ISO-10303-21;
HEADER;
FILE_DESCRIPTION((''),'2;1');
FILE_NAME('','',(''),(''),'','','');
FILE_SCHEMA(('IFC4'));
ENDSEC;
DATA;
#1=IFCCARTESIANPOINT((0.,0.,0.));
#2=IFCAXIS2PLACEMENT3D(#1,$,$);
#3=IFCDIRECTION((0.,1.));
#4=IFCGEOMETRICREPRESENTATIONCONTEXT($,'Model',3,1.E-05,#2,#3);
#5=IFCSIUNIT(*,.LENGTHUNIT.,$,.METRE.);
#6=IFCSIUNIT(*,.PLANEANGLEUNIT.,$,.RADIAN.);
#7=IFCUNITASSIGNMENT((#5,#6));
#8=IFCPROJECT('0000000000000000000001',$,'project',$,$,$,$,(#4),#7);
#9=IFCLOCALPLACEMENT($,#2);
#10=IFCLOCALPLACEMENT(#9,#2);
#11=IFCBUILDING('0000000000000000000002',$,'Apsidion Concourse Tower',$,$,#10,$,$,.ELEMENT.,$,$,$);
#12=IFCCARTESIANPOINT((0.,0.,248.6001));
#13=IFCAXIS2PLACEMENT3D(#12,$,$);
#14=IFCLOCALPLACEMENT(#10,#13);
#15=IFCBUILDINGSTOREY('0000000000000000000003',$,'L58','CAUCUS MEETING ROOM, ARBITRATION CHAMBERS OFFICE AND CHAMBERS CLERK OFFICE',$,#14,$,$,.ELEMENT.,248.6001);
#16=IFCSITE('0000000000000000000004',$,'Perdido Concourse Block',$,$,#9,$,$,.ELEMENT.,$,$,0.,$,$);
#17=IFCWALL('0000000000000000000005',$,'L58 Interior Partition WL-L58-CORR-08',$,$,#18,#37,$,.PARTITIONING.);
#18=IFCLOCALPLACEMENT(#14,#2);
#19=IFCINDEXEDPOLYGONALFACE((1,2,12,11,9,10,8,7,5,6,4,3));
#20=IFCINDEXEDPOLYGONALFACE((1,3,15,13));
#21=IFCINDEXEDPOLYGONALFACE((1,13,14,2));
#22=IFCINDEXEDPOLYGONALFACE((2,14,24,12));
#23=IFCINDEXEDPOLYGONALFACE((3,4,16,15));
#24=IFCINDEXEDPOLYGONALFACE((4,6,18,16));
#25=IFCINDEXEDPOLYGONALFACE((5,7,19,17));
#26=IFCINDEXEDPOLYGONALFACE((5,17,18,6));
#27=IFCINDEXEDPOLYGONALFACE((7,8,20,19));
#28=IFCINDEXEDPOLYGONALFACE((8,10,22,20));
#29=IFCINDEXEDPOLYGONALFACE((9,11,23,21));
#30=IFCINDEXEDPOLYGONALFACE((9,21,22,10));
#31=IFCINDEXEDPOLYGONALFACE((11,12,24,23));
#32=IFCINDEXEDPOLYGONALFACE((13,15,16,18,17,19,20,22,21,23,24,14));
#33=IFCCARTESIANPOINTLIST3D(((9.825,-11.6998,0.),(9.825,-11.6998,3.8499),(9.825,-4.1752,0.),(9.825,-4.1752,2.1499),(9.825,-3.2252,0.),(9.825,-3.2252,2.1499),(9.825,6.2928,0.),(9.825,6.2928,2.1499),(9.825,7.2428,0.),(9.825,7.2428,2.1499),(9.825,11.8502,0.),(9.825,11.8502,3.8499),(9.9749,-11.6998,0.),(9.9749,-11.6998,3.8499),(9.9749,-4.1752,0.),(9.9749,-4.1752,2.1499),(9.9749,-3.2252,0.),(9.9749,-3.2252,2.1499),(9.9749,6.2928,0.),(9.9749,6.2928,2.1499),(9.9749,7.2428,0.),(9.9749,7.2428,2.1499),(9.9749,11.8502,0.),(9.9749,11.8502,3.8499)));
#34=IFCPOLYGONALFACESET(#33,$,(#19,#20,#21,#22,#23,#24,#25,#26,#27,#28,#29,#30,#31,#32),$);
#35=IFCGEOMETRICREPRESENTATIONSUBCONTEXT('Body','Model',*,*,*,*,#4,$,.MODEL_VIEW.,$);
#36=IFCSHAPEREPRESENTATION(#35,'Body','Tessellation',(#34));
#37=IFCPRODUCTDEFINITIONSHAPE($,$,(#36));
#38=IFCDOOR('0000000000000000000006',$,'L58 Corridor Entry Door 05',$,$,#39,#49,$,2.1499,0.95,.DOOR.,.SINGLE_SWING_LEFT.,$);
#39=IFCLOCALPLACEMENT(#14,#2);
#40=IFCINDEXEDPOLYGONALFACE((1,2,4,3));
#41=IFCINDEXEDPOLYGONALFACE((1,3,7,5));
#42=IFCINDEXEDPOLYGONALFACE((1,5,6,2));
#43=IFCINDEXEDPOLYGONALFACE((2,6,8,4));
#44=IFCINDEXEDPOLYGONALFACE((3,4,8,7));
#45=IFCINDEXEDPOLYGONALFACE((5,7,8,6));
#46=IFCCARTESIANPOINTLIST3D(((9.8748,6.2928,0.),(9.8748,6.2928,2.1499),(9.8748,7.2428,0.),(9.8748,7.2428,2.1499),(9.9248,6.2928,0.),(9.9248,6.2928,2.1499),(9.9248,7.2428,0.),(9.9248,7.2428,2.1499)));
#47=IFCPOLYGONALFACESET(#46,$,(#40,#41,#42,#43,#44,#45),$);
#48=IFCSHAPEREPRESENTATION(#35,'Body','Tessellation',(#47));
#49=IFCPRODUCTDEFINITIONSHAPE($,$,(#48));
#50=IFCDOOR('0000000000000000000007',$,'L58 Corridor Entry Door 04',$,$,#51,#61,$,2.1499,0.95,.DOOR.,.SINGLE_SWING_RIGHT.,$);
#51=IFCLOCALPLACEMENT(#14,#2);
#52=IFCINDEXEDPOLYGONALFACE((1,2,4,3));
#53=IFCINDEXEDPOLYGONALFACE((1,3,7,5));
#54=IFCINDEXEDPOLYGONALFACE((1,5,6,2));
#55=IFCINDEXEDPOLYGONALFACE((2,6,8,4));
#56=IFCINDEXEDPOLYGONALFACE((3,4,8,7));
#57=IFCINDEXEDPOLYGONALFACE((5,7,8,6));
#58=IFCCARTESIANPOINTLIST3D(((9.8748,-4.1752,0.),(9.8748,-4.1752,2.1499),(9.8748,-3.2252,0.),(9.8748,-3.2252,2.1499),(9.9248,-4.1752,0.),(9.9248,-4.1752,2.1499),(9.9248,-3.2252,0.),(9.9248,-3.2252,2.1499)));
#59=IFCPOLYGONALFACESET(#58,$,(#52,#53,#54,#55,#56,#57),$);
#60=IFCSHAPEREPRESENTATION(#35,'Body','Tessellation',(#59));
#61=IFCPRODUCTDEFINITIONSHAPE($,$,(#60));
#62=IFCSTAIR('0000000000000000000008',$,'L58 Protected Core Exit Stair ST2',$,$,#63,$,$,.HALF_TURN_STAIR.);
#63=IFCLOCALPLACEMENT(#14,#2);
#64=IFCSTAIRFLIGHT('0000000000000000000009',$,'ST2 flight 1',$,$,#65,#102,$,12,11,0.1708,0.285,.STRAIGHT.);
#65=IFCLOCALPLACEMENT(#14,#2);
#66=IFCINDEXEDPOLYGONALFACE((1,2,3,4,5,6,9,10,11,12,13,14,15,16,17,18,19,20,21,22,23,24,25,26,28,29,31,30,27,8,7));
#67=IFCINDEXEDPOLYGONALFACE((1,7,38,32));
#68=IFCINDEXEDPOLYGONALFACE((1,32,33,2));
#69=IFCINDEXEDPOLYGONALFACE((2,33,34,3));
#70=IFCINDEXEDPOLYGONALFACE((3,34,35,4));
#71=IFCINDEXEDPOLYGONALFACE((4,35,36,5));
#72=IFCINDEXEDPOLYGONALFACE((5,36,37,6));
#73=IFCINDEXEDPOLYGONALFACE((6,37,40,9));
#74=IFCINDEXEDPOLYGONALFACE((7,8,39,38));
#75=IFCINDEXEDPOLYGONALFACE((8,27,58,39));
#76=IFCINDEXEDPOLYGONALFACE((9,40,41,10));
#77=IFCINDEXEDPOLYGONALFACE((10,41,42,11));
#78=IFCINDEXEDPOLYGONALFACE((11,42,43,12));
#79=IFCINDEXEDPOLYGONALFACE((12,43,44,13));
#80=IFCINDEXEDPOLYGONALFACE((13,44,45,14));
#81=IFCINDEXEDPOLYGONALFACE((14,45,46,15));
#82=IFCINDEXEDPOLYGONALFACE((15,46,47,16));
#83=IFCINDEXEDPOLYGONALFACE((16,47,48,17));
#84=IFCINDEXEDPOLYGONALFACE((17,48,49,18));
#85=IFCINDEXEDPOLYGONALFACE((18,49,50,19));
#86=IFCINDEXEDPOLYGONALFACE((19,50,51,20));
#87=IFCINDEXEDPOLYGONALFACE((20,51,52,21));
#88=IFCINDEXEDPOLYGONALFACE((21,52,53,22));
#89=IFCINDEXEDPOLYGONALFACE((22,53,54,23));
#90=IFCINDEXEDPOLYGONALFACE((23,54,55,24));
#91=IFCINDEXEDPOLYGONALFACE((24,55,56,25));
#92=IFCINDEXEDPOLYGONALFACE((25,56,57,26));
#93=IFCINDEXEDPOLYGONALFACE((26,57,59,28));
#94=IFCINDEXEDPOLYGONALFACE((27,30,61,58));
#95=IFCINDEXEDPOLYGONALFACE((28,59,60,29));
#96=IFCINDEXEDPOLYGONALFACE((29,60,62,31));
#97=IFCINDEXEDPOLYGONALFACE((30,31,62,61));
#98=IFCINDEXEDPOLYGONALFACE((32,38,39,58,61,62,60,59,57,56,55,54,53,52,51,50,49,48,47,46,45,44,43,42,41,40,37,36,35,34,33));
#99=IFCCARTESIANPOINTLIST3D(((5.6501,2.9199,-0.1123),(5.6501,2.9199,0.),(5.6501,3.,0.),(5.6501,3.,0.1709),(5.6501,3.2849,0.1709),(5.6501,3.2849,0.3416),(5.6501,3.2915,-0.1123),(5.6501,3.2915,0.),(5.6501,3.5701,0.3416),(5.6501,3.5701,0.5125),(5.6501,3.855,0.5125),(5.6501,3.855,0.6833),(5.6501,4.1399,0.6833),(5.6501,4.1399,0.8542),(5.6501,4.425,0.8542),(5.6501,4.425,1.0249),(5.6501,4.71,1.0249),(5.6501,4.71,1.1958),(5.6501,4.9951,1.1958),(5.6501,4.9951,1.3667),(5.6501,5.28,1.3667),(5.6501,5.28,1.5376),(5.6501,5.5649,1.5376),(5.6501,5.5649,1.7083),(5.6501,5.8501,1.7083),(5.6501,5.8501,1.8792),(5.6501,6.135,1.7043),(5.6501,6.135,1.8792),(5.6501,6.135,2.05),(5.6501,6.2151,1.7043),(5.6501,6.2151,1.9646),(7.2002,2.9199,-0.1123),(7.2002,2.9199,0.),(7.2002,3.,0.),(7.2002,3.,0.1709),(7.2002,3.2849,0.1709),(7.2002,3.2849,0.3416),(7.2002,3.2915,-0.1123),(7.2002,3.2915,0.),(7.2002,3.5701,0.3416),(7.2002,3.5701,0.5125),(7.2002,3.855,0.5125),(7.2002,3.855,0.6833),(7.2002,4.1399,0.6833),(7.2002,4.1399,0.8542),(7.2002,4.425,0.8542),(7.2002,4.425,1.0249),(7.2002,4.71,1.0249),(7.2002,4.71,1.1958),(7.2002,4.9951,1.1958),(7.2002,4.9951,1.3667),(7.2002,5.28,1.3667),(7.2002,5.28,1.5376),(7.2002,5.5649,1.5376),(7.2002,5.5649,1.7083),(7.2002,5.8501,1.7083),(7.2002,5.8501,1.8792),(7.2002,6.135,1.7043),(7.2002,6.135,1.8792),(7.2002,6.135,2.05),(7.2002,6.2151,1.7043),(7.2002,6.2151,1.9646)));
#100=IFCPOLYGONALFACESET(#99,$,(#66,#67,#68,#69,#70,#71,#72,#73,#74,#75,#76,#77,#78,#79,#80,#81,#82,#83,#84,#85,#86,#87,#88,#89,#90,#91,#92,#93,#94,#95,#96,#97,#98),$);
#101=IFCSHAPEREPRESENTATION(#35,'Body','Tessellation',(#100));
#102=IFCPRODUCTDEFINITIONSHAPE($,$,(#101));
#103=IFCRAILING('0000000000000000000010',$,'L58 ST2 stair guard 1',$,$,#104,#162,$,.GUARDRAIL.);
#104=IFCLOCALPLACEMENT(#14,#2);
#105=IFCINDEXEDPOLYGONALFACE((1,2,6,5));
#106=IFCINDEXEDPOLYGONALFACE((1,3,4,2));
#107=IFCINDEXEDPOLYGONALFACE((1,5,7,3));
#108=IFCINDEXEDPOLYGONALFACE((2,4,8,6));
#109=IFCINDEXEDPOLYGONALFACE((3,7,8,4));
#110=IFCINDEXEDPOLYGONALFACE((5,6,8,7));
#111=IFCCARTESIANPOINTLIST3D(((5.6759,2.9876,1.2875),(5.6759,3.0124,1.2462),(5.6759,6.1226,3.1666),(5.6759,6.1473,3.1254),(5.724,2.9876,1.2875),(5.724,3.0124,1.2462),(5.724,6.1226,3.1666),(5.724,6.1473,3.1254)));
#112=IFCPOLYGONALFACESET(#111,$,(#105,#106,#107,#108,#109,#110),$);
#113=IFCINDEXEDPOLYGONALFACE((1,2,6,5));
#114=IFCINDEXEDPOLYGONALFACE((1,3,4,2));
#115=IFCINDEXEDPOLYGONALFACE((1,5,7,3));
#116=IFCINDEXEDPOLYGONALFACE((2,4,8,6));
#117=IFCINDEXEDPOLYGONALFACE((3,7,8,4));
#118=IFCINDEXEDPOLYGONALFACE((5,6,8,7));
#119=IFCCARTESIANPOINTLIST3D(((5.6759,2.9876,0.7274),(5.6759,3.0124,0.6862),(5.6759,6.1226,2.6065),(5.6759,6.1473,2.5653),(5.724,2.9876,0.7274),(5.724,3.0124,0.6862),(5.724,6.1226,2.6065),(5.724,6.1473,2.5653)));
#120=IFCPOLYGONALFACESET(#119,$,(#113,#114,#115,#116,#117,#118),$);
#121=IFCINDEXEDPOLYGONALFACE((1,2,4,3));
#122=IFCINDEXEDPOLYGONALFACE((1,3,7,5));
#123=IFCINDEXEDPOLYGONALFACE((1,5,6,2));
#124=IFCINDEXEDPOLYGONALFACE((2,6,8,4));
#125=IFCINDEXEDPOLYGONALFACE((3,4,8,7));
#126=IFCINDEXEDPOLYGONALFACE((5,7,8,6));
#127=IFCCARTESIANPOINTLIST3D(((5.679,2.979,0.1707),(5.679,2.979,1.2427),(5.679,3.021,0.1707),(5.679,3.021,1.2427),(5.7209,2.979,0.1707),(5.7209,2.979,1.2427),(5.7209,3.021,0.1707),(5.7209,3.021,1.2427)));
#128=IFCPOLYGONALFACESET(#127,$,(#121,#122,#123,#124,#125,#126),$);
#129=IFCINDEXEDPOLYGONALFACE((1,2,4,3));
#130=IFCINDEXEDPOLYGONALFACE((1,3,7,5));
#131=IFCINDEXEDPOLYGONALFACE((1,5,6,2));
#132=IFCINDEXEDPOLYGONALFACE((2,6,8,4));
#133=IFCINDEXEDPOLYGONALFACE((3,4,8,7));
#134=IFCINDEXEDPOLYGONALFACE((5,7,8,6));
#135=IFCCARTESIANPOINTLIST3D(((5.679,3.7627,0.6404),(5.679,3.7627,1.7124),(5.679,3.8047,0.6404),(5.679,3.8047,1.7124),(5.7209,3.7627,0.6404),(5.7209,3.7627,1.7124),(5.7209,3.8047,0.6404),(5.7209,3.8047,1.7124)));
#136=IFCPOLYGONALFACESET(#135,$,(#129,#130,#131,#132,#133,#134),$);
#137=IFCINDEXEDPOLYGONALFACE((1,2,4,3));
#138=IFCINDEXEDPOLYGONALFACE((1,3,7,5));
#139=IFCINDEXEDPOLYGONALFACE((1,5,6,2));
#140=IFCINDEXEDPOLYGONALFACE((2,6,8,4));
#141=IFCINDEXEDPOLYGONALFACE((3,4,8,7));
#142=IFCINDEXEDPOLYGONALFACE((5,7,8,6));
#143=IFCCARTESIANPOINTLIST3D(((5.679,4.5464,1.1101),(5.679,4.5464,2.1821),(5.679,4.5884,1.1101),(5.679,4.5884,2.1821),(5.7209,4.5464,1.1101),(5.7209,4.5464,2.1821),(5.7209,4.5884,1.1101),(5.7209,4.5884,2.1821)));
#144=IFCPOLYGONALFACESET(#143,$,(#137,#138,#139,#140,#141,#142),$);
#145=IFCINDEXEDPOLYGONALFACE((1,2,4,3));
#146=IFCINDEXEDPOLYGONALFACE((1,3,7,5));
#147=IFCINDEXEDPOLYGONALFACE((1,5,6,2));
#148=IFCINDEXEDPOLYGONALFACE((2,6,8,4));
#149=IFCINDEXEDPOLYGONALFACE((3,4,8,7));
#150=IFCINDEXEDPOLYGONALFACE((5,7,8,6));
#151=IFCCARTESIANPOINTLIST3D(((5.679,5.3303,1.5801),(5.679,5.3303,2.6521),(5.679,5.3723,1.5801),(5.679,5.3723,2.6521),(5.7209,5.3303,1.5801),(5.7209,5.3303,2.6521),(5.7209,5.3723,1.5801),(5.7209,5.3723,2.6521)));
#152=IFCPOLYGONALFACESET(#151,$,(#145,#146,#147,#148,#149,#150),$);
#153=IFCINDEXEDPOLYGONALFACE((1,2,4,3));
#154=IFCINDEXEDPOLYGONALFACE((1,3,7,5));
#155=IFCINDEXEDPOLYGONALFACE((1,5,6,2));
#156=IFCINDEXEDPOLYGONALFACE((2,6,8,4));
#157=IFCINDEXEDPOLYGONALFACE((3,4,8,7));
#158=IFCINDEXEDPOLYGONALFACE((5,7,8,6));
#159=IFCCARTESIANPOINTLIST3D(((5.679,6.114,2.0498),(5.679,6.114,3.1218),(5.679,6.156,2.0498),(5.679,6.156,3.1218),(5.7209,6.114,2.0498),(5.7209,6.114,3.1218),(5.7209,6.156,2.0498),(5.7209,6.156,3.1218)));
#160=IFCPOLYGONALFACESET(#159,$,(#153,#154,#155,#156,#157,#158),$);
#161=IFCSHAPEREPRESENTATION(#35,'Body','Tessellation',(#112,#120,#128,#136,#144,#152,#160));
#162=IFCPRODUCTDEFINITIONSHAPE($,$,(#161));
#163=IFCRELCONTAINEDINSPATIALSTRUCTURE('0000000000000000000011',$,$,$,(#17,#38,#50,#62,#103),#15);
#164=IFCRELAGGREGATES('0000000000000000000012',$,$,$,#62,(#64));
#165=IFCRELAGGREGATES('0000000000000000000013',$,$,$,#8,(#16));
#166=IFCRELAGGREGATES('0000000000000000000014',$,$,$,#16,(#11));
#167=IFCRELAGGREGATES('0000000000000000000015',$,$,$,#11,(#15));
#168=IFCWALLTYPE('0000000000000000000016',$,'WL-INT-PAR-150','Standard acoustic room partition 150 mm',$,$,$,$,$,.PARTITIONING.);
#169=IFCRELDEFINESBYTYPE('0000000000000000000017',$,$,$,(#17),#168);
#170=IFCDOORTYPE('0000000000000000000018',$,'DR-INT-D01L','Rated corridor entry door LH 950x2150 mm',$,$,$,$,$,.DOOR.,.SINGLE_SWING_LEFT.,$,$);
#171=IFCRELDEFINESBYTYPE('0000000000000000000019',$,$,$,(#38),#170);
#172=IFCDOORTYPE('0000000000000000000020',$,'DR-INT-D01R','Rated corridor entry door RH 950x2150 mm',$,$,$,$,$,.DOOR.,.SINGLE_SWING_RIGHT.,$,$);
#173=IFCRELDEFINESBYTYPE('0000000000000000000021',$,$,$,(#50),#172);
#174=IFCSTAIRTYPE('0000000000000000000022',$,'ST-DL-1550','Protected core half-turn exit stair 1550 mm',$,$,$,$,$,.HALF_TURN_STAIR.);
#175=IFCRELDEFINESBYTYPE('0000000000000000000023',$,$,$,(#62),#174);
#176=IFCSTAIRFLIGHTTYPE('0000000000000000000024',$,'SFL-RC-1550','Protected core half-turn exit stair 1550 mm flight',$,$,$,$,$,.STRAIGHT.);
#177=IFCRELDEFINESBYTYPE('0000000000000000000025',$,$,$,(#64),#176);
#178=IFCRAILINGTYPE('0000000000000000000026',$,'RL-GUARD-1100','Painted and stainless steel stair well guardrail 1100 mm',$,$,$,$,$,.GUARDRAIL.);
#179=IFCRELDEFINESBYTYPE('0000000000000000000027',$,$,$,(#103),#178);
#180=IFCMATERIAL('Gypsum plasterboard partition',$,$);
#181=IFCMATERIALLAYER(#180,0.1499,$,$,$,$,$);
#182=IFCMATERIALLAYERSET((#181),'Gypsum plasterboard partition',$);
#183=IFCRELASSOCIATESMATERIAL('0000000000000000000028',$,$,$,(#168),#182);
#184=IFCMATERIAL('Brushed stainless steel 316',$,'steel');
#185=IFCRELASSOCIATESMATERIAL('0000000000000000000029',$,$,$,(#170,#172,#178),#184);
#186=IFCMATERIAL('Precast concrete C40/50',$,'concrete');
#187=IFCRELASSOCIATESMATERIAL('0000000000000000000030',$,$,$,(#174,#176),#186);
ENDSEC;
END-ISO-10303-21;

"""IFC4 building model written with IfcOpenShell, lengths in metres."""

from ifc_helpers import new_model, si_unit, direction, frame, frame_2d, origin, origin_2d, place, context, subcontext, project, spatial, polyline, rectangle, outline, extrude, material, layer, layer_set, type_object, element, fill, aggregate, save


model = new_model("IFC4")

# Units and contexts
model_context = context("Model", 3, precision=1e-05, world=origin(), true_north=direction((0.0, 1.0)))
body_context = subcontext(model_context, "Body", "Model", "MODEL_VIEW")
ifc_project = project(units=[si_unit("LENGTHUNIT", "METRE"), si_unit("PLANEANGLEUNIT", "RADIAN")], contexts=[model_context])

# Site, building, storey
site_placement = place(None, origin())
site = spatial("IfcSite", under=ifc_project, at=site_placement, Name="Perdido Concourse Block", CompositionType="ELEMENT", RefElevation=0.0)
building_placement = place(site_placement, origin())
building = spatial("IfcBuilding", under=site, at=building_placement, Name="Apsidion Concourse Tower", CompositionType="ELEMENT")
storey_placement = place(building_placement, frame((0.0, 0.0, 248.6001)))
storey = spatial("IfcBuildingStorey", under=building, at=storey_placement, Name="L58", Description="CAUCUS MEETING ROOM, ARBITRATION CHAMBERS OFFICE AND CHAMBERS CLERK OFFICE", CompositionType="ELEMENT", Elevation=248.6001)

# Wall, openings, doors
ifc_material_1 = material(Name="Gypsum plasterboard partition")
ifc_layer = layer(ifc_material_1, 0.1499)
ifc_layer_set = layer_set([ifc_layer], Name="Gypsum plasterboard partition")
wall_type = type_object("IfcWallType", Name="WL-INT-PAR-150", Description="Standard acoustic room partition 150 mm", PredefinedType="PARTITIONING", material=ifc_layer_set)
wall_placement = place(storey_placement, frame((9.8999, 11.8501, 0.0), z_axis=(0.0, 0.0, 1.0), x_axis=(0.0, -1.0, 0.0)))
wall = element("IfcWall", 1, at=wall_placement, inside=storey, type_object=wall_type, Name="L58 Interior Partition WL-L58-CORR-08", PredefinedType="PARTITIONING", context=body_context, shape_type="SweptSolid", body=[
    extrude(rectangle(XDim=23.55, YDim=0.1499, at=frame_2d((11.7749, 0.0))), origin(), (0.0, 0.0, 1.0), 3.8499),
])
opening_1_placement = place(wall_placement, frame((15.0752, 0.0, 0.0)))
opening_1 = element("IfcOpeningElement", 2, at=opening_1_placement, cuts=wall, PredefinedType="OPENING", context=body_context, shape_type="SweptSolid", body=[
    extrude(rectangle(XDim=0.95, YDim=2.1499, at=frame_2d((0.4751, 1.075))), frame((0.0, 0.085, 0.0), z_axis=(0.0, -1.0, 0.0), x_axis=(1.0, 0.0, 0.0)), (0.0, 0.0, 1.0), 0.1699),
])
opening_2_placement = place(wall_placement, frame((4.6072, 0.0, 0.0)))
opening_2 = element("IfcOpeningElement", 3, at=opening_2_placement, cuts=wall, PredefinedType="OPENING", context=body_context, shape_type="SweptSolid", body=[
    extrude(rectangle(XDim=0.95, YDim=2.1499, at=frame_2d((0.4751, 1.075))), frame((0.0, 0.085, 0.0), z_axis=(0.0, -1.0, 0.0), x_axis=(1.0, 0.0, 0.0)), (0.0, 0.0, 1.0), 0.1699),
])
ifc_material_2 = material(Name="Brushed stainless steel 316", Category="steel")
door_type_1 = type_object("IfcDoorType", Name="DR-INT-D01L", Description="Rated corridor entry door LH 950x2150 mm", OperationType="SINGLE_SWING_LEFT", PredefinedType="DOOR", material=ifc_material_2)
door_1_placement = place(opening_2_placement, origin())
door_1 = element("IfcDoor", 4, at=door_1_placement, inside=storey, type_object=door_type_1, Name="L58 Corridor Entry Door 05", OperationType="SINGLE_SWING_LEFT", OverallHeight=2.1499, OverallWidth=0.95, PredefinedType="DOOR", context=body_context, shape_type="SweptSolid", body=[
    extrude(rectangle(XDim=0.95, YDim=2.1499, at=frame_2d((0.4751, 1.075))), frame((0.0, 0.0249, 0.0), z_axis=(0.0, -1.0, 0.0), x_axis=(1.0, 0.0, 0.0)), (0.0, 0.0, 1.0), 0.05),
])
fill(opening_2, door_1)
door_type_2 = type_object("IfcDoorType", Name="DR-INT-D01R", Description="Rated corridor entry door RH 950x2150 mm", OperationType="SINGLE_SWING_RIGHT", PredefinedType="DOOR", material=ifc_material_2)
door_2_placement = place(opening_1_placement, origin())
door_2 = element("IfcDoor", 5, at=door_2_placement, inside=storey, type_object=door_type_2, Name="L58 Corridor Entry Door 04", OperationType="SINGLE_SWING_RIGHT", OverallHeight=2.1499, OverallWidth=0.95, PredefinedType="DOOR", context=body_context, shape_type="SweptSolid", body=[
    extrude(rectangle(XDim=0.95, YDim=2.1499, at=frame_2d((0.4751, 1.075))), frame((0.0, 0.0249, 0.0), z_axis=(0.0, -1.0, 0.0), x_axis=(1.0, 0.0, 0.0)), (0.0, 0.0, 1.0), 0.05),
])
fill(opening_1, door_2)

# Stair, stair flight
ifc_material_3 = material(Name="Precast concrete C40/50", Category="concrete")
stair_type = type_object("IfcStairType", Name="ST-DL-1550", Description="Protected core half-turn exit stair 1550 mm", PredefinedType="HALF_TURN_STAIR", material=ifc_material_3)
stair_placement = place(storey_placement, origin())
stair = element("IfcStair", 6, at=stair_placement, inside=storey, type_object=stair_type, Name="L58 Protected Core Exit Stair ST2", PredefinedType="HALF_TURN_STAIR")
stair_flight_type = type_object("IfcStairFlightType", Name="SFL-RC-1550", Description="Protected core half-turn exit stair 1550 mm flight", PredefinedType="STRAIGHT", material=ifc_material_3)
stair_flight_placement = place(storey_placement, frame((6.425, 3.0, 0.0), z_axis=(0.0, 0.0, 1.0), x_axis=(0.0, 1.0, 0.0)))
stair_flight = element("IfcStairFlight", 7, at=stair_flight_placement, type_object=stair_flight_type, Name="ST2 flight 1", NumberOfRisers=12, NumberOfTreads=11, PredefinedType="STRAIGHT", RiserHeight=0.1708, TreadLength=0.285, context=body_context, shape_type="SweptSolid", body=[
    extrude(outline(polyline([(-0.0801, -0.1123), (-0.0801, 0.0), (0.0, 0.0), (0.0, 0.1709), (0.2849, 0.1709), (0.2849, 0.3416), (0.5701, 0.3416), (0.5701, 0.5125), (0.855, 0.5125), (0.855, 0.6833), (1.1399, 0.6833), (1.1399, 0.8542), (1.425, 0.8542), (1.425, 1.0249), (1.71, 1.0249), (1.71, 1.1958), (1.9951, 1.1958), (1.9951, 1.3667), (2.28, 1.3667), (2.28, 1.5376), (2.5649, 1.5376), (2.5649, 1.7083), (2.8501, 1.7083), (2.8501, 1.8792), (3.135, 1.8792), (3.135, 2.05), (3.2151, 1.9646), (3.2151, 1.7043), (3.135, 1.7043), (0.2915, 0.0), (0.2915, -0.1123), (-0.0801, -0.1123)])), frame((0.0, 0.7749, 0.0), z_axis=(0.0, -1.0, 0.0), x_axis=(1.0, 0.0, 0.0)), (0.0, 0.0, 1.0), 1.55),
])
aggregate(stair, [stair_flight])

# Railing
railing_type_1 = type_object("IfcRailingType", Name="RL-GUARD-1100", Description="Painted and stainless steel stair well guardrail 1100 mm", PredefinedType="GUARDRAIL", material=ifc_material_2)
railing_1_placement = place(storey_placement, frame((5.7, 3.0, 0.1707)))
element("IfcRailing", 8, at=railing_1_placement, inside=storey, type_object=railing_type_1, Name="L58 ST2 stair guard 1", PredefinedType="GUARDRAIL", context=body_context, shape_type="SweptSolid", body=[
    extrude(rectangle(XDim=0.0481, YDim=0.0481, at=origin_2d()), frame((0.0, 0.0, 1.0962), z_axis=(0.0, 0.857717, 0.514122), x_axis=(-1.0, 0.0, 0.0)), (0.0, 0.0, 1.0), 3.655),
    extrude(rectangle(XDim=0.0481, YDim=0.0481, at=origin_2d()), frame((0.0, 0.0, 0.5361), z_axis=(0.0, 0.857717, 0.514122), x_axis=(-1.0, 0.0, 0.0)), (0.0, 0.0, 1.0), 3.655),
    extrude(rectangle(XDim=0.042, YDim=0.042, at=origin_2d()), origin(), (0.0, 0.0, 1.0), 1.072),
    extrude(rectangle(XDim=0.042, YDim=0.042, at=origin_2d()), frame((0.0, 0.7837, 0.4697)), (0.0, 0.0, 1.0), 1.072),
    extrude(rectangle(XDim=0.042, YDim=0.042, at=origin_2d()), frame((0.0, 1.5674, 0.9395)), (0.0, 0.0, 1.0), 1.072),
    extrude(rectangle(XDim=0.042, YDim=0.042, at=origin_2d()), frame((0.0, 2.3513, 1.4094)), (0.0, 0.0, 1.0), 1.072),
    extrude(rectangle(XDim=0.042, YDim=0.042, at=origin_2d()), frame((0.0, 3.135, 1.8792)), (0.0, 0.0, 1.0), 1.072),
])

save(model, "model.ifc")
